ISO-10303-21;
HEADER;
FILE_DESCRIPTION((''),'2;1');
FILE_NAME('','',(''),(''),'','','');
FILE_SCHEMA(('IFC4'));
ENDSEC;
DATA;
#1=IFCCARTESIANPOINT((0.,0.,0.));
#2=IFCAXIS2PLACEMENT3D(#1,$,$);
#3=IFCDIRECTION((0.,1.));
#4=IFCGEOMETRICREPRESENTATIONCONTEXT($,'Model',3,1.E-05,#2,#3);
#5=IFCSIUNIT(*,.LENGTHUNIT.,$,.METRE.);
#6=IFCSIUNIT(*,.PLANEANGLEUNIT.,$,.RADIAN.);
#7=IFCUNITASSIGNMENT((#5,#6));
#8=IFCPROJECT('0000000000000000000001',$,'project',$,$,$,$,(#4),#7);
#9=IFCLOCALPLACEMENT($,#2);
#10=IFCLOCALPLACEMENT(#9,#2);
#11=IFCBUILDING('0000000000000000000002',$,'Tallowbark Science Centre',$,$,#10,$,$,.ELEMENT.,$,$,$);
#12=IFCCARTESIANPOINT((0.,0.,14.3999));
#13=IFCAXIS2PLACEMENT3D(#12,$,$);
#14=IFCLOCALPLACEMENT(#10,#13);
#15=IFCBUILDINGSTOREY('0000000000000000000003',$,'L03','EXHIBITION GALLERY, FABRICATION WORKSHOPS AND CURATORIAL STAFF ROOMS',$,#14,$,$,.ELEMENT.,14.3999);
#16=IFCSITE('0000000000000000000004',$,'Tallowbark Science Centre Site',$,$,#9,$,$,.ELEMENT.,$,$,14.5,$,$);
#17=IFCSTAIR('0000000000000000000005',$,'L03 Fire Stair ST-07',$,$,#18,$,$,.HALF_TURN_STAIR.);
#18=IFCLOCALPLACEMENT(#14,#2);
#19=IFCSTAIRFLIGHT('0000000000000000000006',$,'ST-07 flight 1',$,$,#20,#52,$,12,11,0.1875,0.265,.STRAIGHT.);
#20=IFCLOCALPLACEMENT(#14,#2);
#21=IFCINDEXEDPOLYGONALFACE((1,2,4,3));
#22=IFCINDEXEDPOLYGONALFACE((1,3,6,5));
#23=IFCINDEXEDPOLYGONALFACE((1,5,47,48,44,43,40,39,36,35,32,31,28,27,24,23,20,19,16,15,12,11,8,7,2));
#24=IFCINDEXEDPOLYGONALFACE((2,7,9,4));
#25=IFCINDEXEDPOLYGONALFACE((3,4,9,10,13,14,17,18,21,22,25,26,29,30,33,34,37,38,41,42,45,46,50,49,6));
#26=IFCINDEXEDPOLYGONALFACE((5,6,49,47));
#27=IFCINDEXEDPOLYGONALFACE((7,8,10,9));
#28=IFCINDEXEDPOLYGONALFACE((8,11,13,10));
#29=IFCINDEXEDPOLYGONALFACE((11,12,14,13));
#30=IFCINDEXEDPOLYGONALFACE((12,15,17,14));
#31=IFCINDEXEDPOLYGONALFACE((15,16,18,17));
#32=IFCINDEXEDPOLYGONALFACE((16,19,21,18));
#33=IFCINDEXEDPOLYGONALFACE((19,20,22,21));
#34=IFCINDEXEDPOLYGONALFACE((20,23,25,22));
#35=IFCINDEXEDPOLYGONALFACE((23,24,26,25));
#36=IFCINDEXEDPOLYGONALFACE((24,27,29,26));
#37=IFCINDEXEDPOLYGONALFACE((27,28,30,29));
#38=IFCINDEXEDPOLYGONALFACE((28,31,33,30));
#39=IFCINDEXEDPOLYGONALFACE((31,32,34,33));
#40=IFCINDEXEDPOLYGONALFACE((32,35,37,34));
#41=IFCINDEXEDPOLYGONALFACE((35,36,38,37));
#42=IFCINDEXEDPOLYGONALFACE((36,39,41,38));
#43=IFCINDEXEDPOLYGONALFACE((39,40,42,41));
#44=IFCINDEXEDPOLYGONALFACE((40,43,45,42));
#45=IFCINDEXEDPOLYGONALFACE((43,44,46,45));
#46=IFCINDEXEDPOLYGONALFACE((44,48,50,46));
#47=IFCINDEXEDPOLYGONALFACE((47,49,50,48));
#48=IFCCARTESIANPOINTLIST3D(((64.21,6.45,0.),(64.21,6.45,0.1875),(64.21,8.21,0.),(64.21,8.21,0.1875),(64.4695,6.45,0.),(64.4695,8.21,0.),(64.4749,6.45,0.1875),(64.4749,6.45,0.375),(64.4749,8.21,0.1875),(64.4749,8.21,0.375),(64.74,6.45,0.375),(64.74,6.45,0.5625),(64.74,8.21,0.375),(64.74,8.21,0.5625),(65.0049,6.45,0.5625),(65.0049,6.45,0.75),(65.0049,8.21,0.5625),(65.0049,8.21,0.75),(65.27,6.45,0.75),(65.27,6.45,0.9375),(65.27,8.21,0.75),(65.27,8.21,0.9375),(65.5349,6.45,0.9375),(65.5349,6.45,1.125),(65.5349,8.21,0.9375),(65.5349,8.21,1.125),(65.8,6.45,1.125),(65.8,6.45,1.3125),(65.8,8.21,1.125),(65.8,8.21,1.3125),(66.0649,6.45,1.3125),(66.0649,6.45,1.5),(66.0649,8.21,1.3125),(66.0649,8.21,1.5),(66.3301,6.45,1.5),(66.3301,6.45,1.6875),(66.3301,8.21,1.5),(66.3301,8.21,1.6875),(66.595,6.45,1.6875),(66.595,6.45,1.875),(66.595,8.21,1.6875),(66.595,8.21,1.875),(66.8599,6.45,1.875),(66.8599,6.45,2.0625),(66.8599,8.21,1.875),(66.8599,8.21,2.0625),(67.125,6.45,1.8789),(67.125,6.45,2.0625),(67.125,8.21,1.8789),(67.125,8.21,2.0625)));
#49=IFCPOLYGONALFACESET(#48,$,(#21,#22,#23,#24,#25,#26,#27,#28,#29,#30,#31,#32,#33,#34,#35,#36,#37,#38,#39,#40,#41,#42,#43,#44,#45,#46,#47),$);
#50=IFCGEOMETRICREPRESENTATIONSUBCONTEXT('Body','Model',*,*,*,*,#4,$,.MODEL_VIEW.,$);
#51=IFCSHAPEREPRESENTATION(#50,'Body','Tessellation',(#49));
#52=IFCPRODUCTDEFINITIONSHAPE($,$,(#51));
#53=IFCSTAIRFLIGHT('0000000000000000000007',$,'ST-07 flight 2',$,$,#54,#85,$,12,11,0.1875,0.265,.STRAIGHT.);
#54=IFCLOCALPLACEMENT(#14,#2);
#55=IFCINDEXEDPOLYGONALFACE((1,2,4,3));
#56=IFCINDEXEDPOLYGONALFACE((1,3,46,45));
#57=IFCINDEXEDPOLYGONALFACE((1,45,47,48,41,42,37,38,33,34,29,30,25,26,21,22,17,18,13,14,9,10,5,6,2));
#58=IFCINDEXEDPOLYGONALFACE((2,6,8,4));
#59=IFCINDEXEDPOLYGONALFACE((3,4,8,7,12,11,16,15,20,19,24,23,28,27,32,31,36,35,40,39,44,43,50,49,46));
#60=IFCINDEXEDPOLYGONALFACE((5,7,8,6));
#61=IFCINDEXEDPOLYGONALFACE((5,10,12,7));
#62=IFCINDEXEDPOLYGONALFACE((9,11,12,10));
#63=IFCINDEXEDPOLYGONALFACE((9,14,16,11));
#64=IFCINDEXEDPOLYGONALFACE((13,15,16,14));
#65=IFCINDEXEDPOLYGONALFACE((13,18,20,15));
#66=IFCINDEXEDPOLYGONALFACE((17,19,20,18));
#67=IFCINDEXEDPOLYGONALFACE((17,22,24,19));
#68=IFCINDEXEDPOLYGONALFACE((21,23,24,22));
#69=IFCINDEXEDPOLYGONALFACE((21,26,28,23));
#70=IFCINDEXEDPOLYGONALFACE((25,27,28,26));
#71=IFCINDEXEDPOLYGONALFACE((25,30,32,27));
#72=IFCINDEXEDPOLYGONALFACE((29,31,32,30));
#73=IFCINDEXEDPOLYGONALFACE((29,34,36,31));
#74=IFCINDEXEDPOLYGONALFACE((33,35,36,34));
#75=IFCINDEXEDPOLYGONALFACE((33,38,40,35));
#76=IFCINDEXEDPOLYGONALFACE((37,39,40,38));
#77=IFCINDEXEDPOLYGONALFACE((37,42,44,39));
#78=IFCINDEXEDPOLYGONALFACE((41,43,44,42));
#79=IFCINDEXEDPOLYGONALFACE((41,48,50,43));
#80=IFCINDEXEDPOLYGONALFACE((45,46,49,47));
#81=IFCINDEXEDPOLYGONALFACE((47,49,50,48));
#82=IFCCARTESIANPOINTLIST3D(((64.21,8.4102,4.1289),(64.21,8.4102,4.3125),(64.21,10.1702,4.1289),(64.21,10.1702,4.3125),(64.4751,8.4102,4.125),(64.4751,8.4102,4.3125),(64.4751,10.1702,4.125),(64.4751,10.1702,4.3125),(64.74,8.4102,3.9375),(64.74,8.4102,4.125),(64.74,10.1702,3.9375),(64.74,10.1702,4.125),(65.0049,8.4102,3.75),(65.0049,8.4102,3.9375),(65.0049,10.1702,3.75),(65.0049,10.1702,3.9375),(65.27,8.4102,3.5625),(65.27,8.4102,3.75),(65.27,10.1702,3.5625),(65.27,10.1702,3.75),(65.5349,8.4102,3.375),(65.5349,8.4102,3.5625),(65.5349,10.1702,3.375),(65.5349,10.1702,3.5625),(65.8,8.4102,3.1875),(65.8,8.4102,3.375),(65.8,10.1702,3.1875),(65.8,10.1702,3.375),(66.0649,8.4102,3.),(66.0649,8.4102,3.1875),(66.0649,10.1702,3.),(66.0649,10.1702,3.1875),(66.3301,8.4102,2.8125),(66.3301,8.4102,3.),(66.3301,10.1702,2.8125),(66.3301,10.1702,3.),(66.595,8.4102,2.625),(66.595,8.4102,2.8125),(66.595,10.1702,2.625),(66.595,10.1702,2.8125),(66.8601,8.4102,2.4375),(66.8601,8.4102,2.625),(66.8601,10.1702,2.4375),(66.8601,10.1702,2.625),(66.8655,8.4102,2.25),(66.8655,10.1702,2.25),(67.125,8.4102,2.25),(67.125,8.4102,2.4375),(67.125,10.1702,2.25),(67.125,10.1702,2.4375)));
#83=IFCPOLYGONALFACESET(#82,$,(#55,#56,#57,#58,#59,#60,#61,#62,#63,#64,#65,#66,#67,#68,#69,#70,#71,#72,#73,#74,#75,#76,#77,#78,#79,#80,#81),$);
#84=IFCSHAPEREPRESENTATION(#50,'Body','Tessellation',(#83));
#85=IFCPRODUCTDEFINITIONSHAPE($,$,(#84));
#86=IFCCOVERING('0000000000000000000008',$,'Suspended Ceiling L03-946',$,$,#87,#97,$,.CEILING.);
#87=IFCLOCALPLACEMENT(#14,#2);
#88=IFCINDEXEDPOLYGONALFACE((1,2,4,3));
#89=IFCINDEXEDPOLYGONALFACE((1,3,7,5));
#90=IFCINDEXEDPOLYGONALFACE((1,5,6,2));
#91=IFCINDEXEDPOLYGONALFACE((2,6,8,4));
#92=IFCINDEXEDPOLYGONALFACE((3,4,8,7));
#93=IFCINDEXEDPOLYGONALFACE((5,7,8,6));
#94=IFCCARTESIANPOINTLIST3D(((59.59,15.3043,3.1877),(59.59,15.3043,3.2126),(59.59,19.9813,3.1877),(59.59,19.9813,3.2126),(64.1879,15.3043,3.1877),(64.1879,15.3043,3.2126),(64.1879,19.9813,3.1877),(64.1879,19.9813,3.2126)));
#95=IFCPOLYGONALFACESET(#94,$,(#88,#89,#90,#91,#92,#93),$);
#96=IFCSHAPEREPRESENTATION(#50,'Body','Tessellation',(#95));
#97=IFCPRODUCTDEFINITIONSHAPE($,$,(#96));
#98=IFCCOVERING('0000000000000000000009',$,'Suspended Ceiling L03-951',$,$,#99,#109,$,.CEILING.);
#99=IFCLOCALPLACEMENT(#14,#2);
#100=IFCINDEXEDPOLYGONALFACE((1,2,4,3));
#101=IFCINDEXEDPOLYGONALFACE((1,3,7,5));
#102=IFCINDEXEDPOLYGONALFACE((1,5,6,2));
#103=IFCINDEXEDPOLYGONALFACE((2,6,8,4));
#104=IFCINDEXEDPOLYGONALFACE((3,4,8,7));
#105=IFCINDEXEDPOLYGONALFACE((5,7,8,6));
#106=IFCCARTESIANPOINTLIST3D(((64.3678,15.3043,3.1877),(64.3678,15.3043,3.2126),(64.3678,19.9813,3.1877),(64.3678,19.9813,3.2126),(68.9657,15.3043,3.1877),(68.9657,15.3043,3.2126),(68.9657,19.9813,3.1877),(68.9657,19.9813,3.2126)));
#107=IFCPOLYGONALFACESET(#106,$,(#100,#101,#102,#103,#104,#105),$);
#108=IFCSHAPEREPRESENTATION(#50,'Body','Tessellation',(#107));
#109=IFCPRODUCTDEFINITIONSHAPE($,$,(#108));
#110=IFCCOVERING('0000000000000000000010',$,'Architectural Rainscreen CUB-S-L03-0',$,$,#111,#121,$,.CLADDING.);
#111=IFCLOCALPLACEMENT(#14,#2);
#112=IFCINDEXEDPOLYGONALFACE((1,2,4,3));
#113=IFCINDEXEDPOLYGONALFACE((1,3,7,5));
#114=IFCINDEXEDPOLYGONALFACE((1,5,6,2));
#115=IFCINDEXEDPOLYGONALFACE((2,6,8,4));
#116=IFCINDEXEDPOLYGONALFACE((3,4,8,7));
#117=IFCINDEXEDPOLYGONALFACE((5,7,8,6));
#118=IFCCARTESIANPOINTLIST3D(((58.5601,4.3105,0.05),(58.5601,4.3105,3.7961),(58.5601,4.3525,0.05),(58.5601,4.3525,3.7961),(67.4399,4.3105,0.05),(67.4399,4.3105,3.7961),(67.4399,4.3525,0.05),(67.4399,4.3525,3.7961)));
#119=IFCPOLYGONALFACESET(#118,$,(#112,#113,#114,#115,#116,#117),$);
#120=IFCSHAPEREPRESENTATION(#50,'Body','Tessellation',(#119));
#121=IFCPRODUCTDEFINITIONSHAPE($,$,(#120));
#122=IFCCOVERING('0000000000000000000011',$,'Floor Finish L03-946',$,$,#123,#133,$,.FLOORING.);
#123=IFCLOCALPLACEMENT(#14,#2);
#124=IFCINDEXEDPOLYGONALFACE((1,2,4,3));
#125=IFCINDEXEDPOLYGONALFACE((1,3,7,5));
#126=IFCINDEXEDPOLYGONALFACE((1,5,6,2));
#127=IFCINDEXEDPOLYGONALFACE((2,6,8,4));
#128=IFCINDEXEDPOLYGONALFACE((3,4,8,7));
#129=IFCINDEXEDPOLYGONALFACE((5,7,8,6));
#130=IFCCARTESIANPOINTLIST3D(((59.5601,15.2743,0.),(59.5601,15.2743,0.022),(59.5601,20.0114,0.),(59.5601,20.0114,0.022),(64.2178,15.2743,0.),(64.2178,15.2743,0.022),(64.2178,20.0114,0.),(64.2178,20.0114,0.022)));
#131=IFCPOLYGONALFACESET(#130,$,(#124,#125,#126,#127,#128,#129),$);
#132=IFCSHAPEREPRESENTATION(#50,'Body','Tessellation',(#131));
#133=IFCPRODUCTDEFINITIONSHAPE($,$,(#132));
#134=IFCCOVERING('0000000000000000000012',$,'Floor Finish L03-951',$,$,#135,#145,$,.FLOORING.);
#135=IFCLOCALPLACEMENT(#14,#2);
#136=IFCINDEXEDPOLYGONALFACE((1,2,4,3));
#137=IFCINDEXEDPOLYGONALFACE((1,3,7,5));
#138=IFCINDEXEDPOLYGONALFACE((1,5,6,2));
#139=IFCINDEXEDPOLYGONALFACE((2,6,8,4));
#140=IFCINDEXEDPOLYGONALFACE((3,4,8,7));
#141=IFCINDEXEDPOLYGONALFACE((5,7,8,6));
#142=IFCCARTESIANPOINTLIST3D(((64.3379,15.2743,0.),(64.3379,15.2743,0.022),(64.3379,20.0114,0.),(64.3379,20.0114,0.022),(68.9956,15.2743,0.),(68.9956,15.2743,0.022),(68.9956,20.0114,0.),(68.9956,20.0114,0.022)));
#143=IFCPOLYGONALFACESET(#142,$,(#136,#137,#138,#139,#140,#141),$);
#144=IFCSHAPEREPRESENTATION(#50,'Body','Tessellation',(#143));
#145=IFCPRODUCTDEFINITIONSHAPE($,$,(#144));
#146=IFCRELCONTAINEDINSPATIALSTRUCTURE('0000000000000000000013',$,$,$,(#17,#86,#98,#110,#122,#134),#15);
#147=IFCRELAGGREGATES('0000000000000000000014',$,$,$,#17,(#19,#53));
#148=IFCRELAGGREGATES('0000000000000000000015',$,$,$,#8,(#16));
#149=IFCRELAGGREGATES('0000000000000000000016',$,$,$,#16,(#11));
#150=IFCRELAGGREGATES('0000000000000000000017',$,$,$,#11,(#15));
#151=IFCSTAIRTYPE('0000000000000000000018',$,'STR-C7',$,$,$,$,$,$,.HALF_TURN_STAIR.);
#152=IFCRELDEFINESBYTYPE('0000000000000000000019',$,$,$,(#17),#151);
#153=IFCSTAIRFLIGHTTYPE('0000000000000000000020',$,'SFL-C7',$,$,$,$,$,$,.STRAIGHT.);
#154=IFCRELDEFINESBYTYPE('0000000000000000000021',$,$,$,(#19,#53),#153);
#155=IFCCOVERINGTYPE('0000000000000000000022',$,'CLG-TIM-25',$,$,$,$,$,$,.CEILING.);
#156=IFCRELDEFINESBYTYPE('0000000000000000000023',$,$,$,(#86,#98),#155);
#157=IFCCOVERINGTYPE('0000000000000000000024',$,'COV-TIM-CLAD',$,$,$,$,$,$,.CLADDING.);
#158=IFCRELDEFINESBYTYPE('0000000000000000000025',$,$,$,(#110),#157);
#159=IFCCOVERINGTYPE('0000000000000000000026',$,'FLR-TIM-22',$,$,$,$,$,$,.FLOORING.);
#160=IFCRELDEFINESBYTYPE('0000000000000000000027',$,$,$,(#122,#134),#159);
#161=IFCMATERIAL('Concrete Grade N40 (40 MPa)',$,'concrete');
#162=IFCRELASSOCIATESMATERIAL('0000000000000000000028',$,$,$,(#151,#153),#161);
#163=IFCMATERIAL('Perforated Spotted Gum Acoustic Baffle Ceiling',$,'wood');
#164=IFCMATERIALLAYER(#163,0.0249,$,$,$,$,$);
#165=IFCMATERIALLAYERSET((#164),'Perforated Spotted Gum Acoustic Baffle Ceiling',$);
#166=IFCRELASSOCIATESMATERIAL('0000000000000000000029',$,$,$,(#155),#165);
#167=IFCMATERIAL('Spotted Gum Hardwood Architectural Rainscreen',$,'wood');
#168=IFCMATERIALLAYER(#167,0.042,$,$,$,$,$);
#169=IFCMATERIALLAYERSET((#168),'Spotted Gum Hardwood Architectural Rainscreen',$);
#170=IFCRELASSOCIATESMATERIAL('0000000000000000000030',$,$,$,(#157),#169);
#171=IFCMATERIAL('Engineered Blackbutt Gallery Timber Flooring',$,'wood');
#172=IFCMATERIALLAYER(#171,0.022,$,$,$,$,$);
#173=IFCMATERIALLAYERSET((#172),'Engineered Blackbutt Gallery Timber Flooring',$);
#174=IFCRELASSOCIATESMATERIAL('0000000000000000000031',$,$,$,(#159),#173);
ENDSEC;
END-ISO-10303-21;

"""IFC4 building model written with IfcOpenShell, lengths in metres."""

from ifc_helpers import new_model, si_unit, direction, frame, origin, origin_2d, place, context, subcontext, project, spatial, polyline, rectangle, outline, extrude, material, layer, layer_set, type_object, element, aggregate, save


model = new_model("IFC4")

# Units and contexts
model_context = context("Model", 3, precision=1e-05, world=origin(), true_north=direction((0.0, 1.0)))
body_context = subcontext(model_context, "Body", "Model", "MODEL_VIEW")
ifc_project = project(units=[si_unit("LENGTHUNIT", "METRE"), si_unit("PLANEANGLEUNIT", "RADIAN")], contexts=[model_context])

# Site, building, storey
site_placement = place(None, origin())
site = spatial("IfcSite", under=ifc_project, at=site_placement, Name="Tallowbark Science Centre Site", CompositionType="ELEMENT", RefElevation=14.5)
building_placement = place(site_placement, origin())
building = spatial("IfcBuilding", under=site, at=building_placement, Name="Tallowbark Science Centre", CompositionType="ELEMENT")
storey_placement = place(building_placement, frame((0.0, 0.0, 14.3999)))
storey = spatial("IfcBuildingStorey", under=building, at=storey_placement, Name="L03", Description="EXHIBITION GALLERY, FABRICATION WORKSHOPS AND CURATORIAL STAFF ROOMS", CompositionType="ELEMENT", Elevation=14.3999)

# Shared definitions
ifc_material_1 = material(Name="Concrete Grade N40 (40 MPa)", Category="concrete")

# Stair, stair flights
stair_type = type_object("IfcStairType", Name="STR-C7", PredefinedType="HALF_TURN_STAIR", material=ifc_material_1)
stair_placement = place(storey_placement, origin())
stair = element("IfcStair", 1, at=stair_placement, inside=storey, type_object=stair_type, Name="L03 Fire Stair ST-07", PredefinedType="HALF_TURN_STAIR")
stair_flight_type = type_object("IfcStairFlightType", Name="SFL-C7", PredefinedType="STRAIGHT", material=ifc_material_1)
stair_flight_1_placement = place(storey_placement, frame((64.21, 7.3301, 0.0), z_axis=(0.0, 0.0, 1.0), x_axis=(1.0, 0.0, 0.0)))
stair_flight_1 = element("IfcStairFlight", 2, at=stair_flight_1_placement, type_object=stair_flight_type, Name="ST-07 flight 1", NumberOfRisers=12, NumberOfTreads=11, PredefinedType="STRAIGHT", RiserHeight=0.1875, TreadLength=0.265, context=body_context, shape_type="SweptSolid", body=[
    extrude(outline(polyline([(0.0, 0.0), (0.0, 0.1875), (0.2649, 0.1875), (0.2649, 0.375), (0.53, 0.375), (0.53, 0.5625), (0.7949, 0.5625), (0.7949, 0.75), (1.0601, 0.75), (1.0601, 0.9375), (1.325, 0.9375), (1.325, 1.125), (1.5901, 1.125), (1.5901, 1.3125), (1.855, 1.3125), (1.855, 1.5), (2.1201, 1.5), (2.1201, 1.6875), (2.385, 1.6875), (2.385, 1.875), (2.6499, 1.875), (2.6499, 2.0625), (2.915, 2.0625), (2.915, 2.25), (2.915, 1.8789), (0.2595, 0.0), (0.0, 0.0)])), frame((0.0, 0.8799, 0.0), z_axis=(0.0, -1.0, 0.0), x_axis=(1.0, 0.0, 0.0)), (0.0, 0.0, 1.0), 1.76),
])
stair_flight_2_placement = place(storey_placement, frame((67.125, 9.29, 2.25), z_axis=(0.0, 0.0, 1.0), x_axis=(-1.0, 0.0, 0.0)))
stair_flight_2 = element("IfcStairFlight", 3, at=stair_flight_2_placement, type_object=stair_flight_type, Name="ST-07 flight 2", NumberOfRisers=12, NumberOfTreads=11, PredefinedType="STRAIGHT", RiserHeight=0.1875, TreadLength=0.265, context=body_context, shape_type="SweptSolid", body=[
    extrude(outline(polyline([(0.0, 0.0), (0.0, 0.1875), (0.2649, 0.1875), (0.2649, 0.375), (0.53, 0.375), (0.53, 0.5625), (0.7949, 0.5625), (0.7949, 0.75), (1.0601, 0.75), (1.0601, 0.9375), (1.325, 0.9375), (1.325, 1.125), (1.5901, 1.125), (1.5901, 1.3125), (1.855, 1.3125), (1.855, 1.5), (2.1201, 1.5), (2.1201, 1.6875), (2.385, 1.6875), (2.385, 1.875), (2.6499, 1.875), (2.6499, 2.0625), (2.915, 2.0625), (2.915, 2.25), (2.915, 1.8789), (0.2595, 0.0), (0.0, 0.0)])), frame((0.0, 0.8799, 0.0), z_axis=(0.0, -1.0, 0.0), x_axis=(1.0, 0.0, 0.0)), (0.0, 0.0, 1.0), 1.76),
])
aggregate(stair, [stair_flight_1, stair_flight_2])

# Coverings
ifc_material_2 = material(Name="Perforated Spotted Gum Acoustic Baffle Ceiling", Category="wood")
ifc_layer_1 = layer(ifc_material_2, 0.0249)
ifc_layer_set_1 = layer_set([ifc_layer_1], Name="Perforated Spotted Gum Acoustic Baffle Ceiling")
covering_type_1 = type_object("IfcCoveringType", Name="CLG-TIM-25", PredefinedType="CEILING", material=ifc_layer_set_1)
for number, where, z_axis, x_axis, name in (
    (4, (61.8889, 17.6428, 3.1877), (0.0, 0.0, 1.0), (1.0, 0.0, 0.0), "Suspended Ceiling L03-946"),
    (5, (66.6667, 17.6428, 3.1877), (0.0, 0.0, 1.0), (1.0, 0.0, 0.0), "Suspended Ceiling L03-951"),
):
    element("IfcCovering", number, at=place(storey_placement, frame(where, z_axis=z_axis, x_axis=x_axis)), inside=storey, type_object=covering_type_1, Name=name, PredefinedType="CEILING", context=body_context, shape_type="SweptSolid", body=[
        extrude(rectangle(XDim=4.5979, YDim=4.677, at=origin_2d()), origin(), (0.0, 0.0, 1.0), 0.0249),
    ])
ifc_material_3 = material(Name="Spotted Gum Hardwood Architectural Rainscreen", Category="wood")
ifc_layer_2 = layer(ifc_material_3, 0.042)
ifc_layer_set_2 = layer_set([ifc_layer_2], Name="Spotted Gum Hardwood Architectural Rainscreen")
covering_type_2 = type_object("IfcCoveringType", Name="COV-TIM-CLAD", PredefinedType="CLADDING", material=ifc_layer_set_2)
covering_placement = place(storey_placement, frame((63.0, 4.3315, 0.05), z_axis=(0.0, 0.0, 1.0), x_axis=(1.0, 0.0, 0.0)))
element("IfcCovering", 6, at=covering_placement, inside=storey, type_object=covering_type_2, Name="Architectural Rainscreen CUB-S-L03-0", PredefinedType="CLADDING", context=body_context, shape_type="SweptSolid", body=[
    extrude(rectangle(XDim=8.8799, YDim=0.042, at=origin_2d()), origin(), (0.0, 0.0, 1.0), 3.7461),
])
ifc_material_4 = material(Name="Engineered Blackbutt Gallery Timber Flooring", Category="wood")
ifc_layer_3 = layer(ifc_material_4, 0.022)
ifc_layer_set_3 = layer_set([ifc_layer_3], Name="Engineered Blackbutt Gallery Timber Flooring")
covering_type_3 = type_object("IfcCoveringType", Name="FLR-TIM-22", PredefinedType="FLOORING", material=ifc_layer_set_3)
for number, where, z_axis, x_axis, name in (
    (7, (61.8889, 17.6428, 0.0), (0.0, 0.0, 1.0), (1.0, 0.0, 0.0), "Floor Finish L03-946"),
    (8, (66.6667, 17.6428, 0.0), (0.0, 0.0, 1.0), (1.0, 0.0, 0.0), "Floor Finish L03-951"),
):
    element("IfcCovering", number, at=place(storey_placement, frame(where, z_axis=z_axis, x_axis=x_axis)), inside=storey, type_object=covering_type_3, Name=name, PredefinedType="FLOORING", context=body_context, shape_type="SweptSolid", body=[
        extrude(rectangle(XDim=4.6577, YDim=4.7371, at=origin_2d()), origin(), (0.0, 0.0, 1.0), 0.022),
    ])

save(model, "model.ifc")
